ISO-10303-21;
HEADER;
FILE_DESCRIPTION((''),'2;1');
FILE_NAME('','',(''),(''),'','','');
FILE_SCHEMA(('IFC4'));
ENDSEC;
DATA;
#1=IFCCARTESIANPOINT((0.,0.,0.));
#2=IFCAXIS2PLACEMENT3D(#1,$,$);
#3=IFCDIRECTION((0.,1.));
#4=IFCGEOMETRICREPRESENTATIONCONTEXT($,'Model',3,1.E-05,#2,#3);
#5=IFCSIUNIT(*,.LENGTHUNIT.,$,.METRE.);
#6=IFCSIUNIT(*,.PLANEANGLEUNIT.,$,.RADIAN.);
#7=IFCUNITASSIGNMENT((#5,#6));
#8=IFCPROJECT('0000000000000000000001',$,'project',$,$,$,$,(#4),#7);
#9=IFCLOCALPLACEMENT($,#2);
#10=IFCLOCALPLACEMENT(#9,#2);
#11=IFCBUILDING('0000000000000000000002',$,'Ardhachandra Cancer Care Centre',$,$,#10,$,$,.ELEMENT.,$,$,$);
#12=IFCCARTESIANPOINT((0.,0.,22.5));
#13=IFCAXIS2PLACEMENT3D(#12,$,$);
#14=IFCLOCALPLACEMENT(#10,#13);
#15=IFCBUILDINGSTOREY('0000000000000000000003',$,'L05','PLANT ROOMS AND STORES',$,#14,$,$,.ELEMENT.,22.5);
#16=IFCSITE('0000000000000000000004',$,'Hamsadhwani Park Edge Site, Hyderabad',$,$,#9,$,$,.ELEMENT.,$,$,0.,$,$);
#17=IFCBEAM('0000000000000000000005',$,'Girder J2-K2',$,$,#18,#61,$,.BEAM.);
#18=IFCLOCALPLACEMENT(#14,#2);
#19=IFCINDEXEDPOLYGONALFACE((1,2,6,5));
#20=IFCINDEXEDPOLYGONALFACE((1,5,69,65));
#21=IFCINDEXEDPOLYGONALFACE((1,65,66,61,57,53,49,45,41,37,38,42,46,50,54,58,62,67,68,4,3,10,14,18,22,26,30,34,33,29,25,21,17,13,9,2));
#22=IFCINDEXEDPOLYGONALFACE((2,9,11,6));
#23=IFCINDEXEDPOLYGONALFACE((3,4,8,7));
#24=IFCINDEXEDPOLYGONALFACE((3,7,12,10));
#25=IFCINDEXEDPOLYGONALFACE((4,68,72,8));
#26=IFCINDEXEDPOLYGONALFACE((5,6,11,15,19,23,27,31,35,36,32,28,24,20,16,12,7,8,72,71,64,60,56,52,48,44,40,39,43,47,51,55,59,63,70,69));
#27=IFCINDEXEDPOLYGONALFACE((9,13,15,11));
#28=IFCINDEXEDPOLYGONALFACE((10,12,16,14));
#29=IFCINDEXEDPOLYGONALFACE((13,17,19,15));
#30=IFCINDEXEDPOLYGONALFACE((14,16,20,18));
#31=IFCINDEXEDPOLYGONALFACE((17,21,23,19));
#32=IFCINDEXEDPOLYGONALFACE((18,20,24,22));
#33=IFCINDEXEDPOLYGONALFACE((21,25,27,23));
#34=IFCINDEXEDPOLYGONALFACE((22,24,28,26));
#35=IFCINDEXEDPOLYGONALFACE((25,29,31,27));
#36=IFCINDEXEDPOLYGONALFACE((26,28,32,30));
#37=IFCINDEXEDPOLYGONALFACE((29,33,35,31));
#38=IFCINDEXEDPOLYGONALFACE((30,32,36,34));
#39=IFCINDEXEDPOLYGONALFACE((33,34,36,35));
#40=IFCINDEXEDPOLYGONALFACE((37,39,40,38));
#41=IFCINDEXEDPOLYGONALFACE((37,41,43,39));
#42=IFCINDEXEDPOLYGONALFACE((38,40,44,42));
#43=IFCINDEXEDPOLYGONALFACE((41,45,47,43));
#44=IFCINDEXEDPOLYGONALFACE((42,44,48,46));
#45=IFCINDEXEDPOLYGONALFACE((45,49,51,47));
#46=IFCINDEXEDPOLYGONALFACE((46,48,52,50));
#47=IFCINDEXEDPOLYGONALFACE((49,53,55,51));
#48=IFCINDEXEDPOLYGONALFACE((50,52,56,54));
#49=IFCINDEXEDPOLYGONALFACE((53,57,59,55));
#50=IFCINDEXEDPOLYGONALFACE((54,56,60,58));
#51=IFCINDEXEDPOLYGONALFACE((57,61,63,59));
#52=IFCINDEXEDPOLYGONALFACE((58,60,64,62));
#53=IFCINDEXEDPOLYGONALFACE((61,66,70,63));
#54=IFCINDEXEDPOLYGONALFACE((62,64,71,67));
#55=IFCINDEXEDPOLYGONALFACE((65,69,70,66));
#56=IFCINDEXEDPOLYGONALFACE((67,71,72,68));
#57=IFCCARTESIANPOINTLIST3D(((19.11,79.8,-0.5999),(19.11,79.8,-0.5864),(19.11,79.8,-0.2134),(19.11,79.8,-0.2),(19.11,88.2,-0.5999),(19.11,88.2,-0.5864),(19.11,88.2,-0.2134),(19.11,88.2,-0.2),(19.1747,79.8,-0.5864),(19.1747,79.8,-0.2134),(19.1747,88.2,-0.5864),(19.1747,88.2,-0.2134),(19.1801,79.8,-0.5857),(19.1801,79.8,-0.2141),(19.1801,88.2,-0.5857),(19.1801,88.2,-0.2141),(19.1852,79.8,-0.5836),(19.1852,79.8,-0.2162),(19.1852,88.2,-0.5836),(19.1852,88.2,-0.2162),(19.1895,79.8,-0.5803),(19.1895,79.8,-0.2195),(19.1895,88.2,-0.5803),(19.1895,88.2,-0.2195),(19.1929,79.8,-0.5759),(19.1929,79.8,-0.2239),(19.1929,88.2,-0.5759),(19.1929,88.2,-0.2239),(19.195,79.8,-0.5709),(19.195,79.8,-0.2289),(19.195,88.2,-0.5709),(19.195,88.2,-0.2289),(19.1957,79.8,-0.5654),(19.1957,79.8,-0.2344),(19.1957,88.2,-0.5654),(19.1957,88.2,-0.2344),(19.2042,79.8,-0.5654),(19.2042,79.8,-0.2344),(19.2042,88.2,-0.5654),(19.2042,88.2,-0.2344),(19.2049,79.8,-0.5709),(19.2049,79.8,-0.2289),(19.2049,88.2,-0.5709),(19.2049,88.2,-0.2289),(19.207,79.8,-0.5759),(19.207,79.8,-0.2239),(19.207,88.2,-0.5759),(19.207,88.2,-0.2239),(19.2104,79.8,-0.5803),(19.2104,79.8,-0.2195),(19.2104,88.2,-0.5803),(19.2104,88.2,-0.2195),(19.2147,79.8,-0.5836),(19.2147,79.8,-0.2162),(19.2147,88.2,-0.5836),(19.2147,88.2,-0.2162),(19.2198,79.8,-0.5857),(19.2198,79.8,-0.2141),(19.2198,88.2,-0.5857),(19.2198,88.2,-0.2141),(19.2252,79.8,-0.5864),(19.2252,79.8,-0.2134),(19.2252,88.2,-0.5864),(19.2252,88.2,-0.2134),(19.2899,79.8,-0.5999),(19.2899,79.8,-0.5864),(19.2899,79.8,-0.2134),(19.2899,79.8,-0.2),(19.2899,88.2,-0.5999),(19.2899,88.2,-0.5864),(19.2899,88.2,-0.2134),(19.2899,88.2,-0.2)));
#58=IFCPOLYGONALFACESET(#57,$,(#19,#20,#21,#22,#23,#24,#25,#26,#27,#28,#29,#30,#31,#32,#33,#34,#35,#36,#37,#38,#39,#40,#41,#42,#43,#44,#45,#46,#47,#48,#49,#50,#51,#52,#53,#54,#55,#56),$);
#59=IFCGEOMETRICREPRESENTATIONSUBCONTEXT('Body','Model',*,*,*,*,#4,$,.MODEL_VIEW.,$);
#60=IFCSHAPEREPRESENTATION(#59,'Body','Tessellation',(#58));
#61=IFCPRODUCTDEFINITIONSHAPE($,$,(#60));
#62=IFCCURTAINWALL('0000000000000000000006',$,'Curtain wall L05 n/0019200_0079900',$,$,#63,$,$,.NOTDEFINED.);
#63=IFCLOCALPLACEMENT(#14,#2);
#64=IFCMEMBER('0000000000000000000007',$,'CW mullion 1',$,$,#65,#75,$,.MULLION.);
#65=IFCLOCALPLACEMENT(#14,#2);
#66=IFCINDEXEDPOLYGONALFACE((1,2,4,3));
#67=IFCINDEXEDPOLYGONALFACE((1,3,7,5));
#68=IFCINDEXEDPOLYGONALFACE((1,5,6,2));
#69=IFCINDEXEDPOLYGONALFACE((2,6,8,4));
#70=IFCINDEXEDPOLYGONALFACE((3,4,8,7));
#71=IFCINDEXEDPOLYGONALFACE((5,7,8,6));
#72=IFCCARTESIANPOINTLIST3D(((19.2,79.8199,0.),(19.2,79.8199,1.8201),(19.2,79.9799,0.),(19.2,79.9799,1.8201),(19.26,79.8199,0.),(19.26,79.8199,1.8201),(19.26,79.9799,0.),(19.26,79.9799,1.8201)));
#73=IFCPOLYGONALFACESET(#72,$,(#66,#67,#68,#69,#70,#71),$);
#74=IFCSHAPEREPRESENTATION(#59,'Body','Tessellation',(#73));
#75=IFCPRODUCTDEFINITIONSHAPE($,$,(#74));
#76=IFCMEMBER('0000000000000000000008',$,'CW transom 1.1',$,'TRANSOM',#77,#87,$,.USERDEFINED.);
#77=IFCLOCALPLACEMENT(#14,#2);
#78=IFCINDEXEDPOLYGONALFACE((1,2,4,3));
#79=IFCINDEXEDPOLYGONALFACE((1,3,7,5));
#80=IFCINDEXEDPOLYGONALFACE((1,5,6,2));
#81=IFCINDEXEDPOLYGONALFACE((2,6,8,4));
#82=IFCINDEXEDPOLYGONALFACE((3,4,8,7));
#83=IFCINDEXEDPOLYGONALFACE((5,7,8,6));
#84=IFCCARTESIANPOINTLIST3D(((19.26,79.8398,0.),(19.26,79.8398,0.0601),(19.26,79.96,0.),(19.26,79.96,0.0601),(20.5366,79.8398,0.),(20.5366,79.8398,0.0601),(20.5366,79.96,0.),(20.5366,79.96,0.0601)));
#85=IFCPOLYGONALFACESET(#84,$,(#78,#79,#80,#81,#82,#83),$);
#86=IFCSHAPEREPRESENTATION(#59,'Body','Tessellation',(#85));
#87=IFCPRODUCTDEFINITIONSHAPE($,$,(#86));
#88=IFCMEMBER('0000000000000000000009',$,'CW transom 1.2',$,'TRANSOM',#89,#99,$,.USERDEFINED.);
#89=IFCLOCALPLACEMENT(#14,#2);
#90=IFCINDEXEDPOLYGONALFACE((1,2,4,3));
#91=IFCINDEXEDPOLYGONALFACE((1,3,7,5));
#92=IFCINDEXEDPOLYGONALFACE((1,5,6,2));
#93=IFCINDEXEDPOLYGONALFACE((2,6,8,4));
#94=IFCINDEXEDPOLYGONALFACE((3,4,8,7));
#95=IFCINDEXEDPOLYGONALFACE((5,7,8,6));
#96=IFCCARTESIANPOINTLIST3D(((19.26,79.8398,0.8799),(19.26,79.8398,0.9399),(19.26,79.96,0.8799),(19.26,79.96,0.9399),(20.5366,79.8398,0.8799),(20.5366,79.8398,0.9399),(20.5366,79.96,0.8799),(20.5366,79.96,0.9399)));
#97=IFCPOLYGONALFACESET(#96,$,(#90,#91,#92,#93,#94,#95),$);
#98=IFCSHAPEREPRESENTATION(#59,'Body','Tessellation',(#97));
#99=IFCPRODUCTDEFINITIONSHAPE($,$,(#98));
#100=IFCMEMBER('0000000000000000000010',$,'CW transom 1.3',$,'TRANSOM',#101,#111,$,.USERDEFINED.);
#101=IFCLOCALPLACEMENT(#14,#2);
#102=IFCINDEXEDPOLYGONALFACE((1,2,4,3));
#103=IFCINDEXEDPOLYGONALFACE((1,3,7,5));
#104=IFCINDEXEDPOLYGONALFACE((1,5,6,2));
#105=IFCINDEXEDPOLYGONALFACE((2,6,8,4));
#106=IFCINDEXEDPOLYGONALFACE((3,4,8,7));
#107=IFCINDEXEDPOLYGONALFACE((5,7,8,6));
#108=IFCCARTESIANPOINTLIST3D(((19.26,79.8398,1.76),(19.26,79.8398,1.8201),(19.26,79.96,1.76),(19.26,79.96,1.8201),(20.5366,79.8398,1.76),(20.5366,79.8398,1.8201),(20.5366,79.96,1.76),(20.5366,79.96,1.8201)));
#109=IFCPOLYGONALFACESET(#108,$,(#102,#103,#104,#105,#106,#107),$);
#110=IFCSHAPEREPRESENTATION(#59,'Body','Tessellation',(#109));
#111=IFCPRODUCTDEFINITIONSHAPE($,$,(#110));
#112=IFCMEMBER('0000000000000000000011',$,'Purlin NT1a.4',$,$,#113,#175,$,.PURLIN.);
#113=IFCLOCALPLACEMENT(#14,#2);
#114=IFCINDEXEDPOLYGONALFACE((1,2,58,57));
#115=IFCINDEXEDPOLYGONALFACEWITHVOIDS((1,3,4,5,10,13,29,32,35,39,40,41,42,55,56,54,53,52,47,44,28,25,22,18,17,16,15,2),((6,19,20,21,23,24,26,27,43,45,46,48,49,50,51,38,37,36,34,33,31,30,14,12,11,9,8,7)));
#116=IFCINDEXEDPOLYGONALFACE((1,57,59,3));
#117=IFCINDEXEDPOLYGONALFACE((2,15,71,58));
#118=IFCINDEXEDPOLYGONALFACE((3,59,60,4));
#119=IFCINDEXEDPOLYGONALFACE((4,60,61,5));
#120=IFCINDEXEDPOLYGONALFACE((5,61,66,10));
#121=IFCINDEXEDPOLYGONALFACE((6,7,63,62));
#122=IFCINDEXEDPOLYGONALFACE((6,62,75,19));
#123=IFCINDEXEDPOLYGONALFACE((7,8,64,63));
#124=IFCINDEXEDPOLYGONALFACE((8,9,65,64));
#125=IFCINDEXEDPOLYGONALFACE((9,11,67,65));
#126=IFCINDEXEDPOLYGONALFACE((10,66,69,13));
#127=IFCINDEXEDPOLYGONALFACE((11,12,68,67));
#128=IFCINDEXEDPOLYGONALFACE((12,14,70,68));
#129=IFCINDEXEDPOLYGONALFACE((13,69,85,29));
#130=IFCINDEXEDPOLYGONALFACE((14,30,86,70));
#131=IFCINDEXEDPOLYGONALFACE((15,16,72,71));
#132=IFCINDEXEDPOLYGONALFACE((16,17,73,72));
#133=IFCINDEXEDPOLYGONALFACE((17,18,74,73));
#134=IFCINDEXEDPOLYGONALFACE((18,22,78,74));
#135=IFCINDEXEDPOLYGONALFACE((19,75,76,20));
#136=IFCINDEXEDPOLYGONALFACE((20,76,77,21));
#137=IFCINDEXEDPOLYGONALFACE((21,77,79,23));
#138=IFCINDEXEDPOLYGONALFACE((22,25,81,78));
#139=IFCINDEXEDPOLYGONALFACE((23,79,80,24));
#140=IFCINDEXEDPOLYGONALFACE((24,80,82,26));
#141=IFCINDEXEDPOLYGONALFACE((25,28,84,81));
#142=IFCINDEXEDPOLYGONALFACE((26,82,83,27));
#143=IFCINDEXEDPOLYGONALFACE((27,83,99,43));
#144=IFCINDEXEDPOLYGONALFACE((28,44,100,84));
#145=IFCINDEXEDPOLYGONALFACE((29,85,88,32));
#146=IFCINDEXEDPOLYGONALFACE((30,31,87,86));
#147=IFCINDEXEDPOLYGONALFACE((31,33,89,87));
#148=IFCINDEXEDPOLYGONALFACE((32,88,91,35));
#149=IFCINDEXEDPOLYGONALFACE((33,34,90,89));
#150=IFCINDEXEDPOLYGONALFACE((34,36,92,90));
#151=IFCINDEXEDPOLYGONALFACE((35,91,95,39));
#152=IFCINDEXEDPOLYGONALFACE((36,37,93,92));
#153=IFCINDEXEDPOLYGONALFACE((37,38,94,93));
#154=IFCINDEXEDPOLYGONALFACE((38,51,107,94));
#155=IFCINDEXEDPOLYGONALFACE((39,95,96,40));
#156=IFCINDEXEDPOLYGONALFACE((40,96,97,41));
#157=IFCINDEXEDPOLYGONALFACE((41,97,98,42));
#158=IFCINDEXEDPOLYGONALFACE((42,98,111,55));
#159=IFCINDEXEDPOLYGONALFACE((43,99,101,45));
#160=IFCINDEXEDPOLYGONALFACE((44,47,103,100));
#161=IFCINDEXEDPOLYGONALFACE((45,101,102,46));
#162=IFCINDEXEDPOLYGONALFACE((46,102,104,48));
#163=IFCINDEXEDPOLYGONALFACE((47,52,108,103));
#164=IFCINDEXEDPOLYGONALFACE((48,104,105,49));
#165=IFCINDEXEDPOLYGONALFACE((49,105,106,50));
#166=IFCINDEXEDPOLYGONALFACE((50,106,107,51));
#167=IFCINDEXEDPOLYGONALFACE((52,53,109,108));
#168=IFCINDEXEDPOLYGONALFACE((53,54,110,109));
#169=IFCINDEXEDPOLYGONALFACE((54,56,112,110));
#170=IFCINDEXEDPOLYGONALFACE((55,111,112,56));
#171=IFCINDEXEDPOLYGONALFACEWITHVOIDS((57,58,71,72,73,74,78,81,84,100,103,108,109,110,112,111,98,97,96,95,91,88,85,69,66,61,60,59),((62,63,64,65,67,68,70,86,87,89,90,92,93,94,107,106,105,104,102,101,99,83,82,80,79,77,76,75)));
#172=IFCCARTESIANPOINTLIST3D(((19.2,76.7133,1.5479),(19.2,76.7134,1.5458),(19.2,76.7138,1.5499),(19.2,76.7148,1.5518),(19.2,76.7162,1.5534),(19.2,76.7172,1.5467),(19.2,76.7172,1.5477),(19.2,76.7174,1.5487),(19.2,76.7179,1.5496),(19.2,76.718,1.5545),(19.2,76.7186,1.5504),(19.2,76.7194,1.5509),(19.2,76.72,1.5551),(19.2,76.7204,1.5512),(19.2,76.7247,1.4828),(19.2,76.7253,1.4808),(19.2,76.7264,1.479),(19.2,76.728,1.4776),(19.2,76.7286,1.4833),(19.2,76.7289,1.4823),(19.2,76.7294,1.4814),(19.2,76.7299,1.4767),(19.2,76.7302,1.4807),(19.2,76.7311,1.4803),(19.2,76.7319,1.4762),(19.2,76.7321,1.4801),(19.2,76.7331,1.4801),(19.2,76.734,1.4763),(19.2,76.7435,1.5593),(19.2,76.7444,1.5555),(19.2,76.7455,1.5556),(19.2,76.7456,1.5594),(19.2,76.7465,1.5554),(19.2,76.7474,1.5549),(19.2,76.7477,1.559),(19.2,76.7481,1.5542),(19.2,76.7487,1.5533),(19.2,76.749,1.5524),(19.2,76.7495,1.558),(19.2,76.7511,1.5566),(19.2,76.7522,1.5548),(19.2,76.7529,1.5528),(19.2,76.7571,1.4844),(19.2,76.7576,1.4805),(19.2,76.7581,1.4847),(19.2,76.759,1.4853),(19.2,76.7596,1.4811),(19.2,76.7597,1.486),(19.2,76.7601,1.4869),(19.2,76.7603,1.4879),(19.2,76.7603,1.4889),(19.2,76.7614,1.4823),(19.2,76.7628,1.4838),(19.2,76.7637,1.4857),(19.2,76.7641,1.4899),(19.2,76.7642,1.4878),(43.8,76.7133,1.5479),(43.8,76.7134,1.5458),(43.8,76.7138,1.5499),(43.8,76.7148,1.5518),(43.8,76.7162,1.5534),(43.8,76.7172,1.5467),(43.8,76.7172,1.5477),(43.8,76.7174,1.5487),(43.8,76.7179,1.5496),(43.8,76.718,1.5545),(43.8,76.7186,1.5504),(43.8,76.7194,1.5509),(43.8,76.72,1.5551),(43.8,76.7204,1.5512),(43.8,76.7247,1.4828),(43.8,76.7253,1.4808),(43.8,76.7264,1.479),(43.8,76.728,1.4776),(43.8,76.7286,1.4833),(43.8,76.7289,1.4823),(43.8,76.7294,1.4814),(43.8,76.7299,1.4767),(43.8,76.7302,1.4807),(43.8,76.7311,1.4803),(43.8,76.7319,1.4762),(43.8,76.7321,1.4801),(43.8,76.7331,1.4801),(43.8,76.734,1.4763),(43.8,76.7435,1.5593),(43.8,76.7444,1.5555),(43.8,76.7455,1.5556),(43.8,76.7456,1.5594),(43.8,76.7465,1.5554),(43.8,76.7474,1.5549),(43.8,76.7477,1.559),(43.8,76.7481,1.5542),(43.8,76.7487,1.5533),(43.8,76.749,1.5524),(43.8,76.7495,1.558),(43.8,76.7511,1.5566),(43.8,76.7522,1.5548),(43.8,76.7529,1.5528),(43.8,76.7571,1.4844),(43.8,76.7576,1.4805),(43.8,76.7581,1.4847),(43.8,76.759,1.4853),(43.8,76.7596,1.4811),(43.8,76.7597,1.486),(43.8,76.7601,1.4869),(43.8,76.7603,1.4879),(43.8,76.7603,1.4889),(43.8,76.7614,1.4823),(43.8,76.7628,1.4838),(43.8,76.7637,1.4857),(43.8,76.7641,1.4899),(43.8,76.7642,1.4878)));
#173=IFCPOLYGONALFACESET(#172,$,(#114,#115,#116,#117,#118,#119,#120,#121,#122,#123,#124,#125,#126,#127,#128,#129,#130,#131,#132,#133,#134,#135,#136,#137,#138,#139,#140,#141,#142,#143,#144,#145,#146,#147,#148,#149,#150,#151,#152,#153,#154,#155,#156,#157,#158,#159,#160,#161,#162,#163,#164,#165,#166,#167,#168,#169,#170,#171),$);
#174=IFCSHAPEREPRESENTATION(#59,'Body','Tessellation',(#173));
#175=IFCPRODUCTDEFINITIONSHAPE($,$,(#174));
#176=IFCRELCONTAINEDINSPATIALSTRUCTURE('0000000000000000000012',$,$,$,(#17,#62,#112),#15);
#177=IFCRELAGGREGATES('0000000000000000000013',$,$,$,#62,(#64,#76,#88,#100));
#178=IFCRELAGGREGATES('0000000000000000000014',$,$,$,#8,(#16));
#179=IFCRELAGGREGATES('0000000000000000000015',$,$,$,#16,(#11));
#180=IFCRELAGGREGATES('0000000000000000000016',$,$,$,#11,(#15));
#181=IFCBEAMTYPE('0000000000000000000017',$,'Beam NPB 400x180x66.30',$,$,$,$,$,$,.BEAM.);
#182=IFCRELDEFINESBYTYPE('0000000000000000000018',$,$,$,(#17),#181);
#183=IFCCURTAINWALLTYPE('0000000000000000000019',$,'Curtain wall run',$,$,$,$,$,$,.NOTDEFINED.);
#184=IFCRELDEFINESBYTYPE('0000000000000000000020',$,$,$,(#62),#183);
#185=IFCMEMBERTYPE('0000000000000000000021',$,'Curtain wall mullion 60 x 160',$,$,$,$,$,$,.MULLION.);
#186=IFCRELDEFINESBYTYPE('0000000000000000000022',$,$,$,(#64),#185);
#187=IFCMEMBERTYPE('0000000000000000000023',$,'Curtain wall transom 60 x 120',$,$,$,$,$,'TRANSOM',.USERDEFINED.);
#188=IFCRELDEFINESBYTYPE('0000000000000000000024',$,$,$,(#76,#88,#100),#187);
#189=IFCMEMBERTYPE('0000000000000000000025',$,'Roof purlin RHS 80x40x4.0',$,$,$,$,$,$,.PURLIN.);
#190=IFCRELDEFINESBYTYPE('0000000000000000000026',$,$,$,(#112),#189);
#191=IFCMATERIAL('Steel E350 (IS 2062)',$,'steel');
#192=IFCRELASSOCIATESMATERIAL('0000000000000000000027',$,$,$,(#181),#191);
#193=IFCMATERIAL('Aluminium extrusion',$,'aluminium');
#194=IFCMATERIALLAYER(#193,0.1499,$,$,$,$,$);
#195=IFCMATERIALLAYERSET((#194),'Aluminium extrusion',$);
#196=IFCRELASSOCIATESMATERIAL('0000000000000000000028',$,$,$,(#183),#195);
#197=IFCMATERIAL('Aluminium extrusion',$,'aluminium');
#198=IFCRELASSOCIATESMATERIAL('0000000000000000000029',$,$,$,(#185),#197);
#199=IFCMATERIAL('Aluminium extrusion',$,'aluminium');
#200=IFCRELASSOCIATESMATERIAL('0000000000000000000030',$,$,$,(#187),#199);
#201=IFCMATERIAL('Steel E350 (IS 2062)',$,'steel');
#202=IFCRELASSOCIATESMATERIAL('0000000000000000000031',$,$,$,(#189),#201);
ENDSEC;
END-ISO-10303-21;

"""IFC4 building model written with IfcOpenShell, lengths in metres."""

from ifc_helpers import new_model, si_unit, direction, frame, origin, origin_2d, place, context, subcontext, project, spatial, rectangle, hollow_rectangle, i_section, extrude, material, layer, layer_set, material_profile, profile_set, type_object, element, aggregate, save


model = new_model("IFC4")

# Units and contexts
model_context = context("Model", 3, precision=1e-05, world=origin(), true_north=direction((0.0, 1.0)))
body_context = subcontext(model_context, "Body", "Model", "MODEL_VIEW")
ifc_project = project(units=[si_unit("LENGTHUNIT", "METRE"), si_unit("PLANEANGLEUNIT", "RADIAN")], contexts=[model_context])

# Site, building, storey
site_placement = place(None, origin())
site = spatial("IfcSite", under=ifc_project, at=site_placement, Name="Hamsadhwani Park Edge Site, Hyderabad", CompositionType="ELEMENT", RefElevation=0.0)
building_placement = place(site_placement, origin())
building = spatial("IfcBuilding", under=site, at=building_placement, Name="Ardhachandra Cancer Care Centre", CompositionType="ELEMENT")
storey_placement = place(building_placement, frame((0.0, 0.0, 22.5)))
storey = spatial("IfcBuildingStorey", under=building, at=storey_placement, Name="L05", Description="PLANT ROOMS AND STORES", CompositionType="ELEMENT", Elevation=22.5)

# Beam
ifc_material_1 = material(Name="Steel E350 (IS 2062)", Category="steel")
ifc_material_profile_1 = material_profile(ifc_material_1, i_section(OverallWidth=0.1799, OverallDepth=0.3999, WebThickness=0.0085, FlangeThickness=0.0134, FilletRadius=0.021, at=origin_2d()), Name="NPB 400x180x66.30")
ifc_profile_set_1 = profile_set([ifc_material_profile_1], Name="Steel E350 (IS 2062)")
beam_type_1 = type_object("IfcBeamType", Name="Beam NPB 400x180x66.30", PredefinedType="BEAM", material=ifc_profile_set_1)
beam_1_placement = place(storey_placement, frame((19.2, 79.8, -0.3999), z_axis=(0.0, 1.0, 0.0), x_axis=(-1.0, 0.0, 0.0)))
element("IfcBeam", 1, at=beam_1_placement, inside=storey, type_object=beam_type_1, Name="Girder J2-K2", PredefinedType="BEAM", context=body_context, shape_type="SweptSolid", body=[
    extrude(i_section(OverallWidth=0.1799, OverallDepth=0.3999, WebThickness=0.0085, FlangeThickness=0.0134, FilletRadius=0.021, at=origin_2d()), origin(), (0.0, 0.0, 1.0), 8.3999),
])

# Curtain wall, members
ifc_material_2 = material(Name="Aluminium extrusion", Category="aluminium")
ifc_layer_1 = layer(ifc_material_2, 0.1499)
ifc_layer_set_1 = layer_set([ifc_layer_1], Name="Aluminium extrusion")
curtain_wall_type = type_object("IfcCurtainWallType", Name="Curtain wall run", PredefinedType="NOTDEFINED", material=ifc_layer_set_1)
curtain_wall_placement = place(storey_placement, origin())
curtain_wall = element("IfcCurtainWall", 2, at=curtain_wall_placement, inside=storey, type_object=curtain_wall_type, Name="Curtain wall L05 n/0019200_0079900", PredefinedType="NOTDEFINED")
ifc_material_3 = material(Name="Aluminium extrusion", Category="aluminium")
ifc_material_profile_2 = material_profile(ifc_material_3, rectangle(XDim=0.1599, YDim=0.0601, at=origin_2d()), Name="Curtain wall mullion 60 x 160")
ifc_profile_set_2 = profile_set([ifc_material_profile_2], Name="Aluminium extrusion")
member_type_1 = type_object("IfcMemberType", Name="Curtain wall mullion 60 x 160", PredefinedType="MULLION", material=ifc_profile_set_2)
member_1_placement = place(storey_placement, frame((19.23, 79.8999, 0.0), z_axis=(0.0, 0.0, 1.0), x_axis=(0.0, 1.0, 0.0)))
member_1 = element("IfcMember", 3, at=member_1_placement, type_object=member_type_1, Name="CW mullion 1", PredefinedType="MULLION", context=body_context, shape_type="SweptSolid", body=[
    extrude(rectangle(XDim=0.1599, YDim=0.0601, at=origin_2d()), origin(), (0.0, 0.0, 1.0), 1.8201),
])
ifc_material_4 = material(Name="Aluminium extrusion", Category="aluminium")
ifc_material_profile_3 = material_profile(ifc_material_4, rectangle(XDim=0.1201, YDim=0.0601, at=origin_2d()), Name="Curtain wall transom 60 x 120")
ifc_profile_set_3 = profile_set([ifc_material_profile_3], Name="Aluminium extrusion")
member_type_2 = type_object("IfcMemberType", Name="Curtain wall transom 60 x 120", ElementType="TRANSOM", PredefinedType="USERDEFINED", material=ifc_profile_set_3)
member_2_placement = place(storey_placement, frame((19.26, 79.8999, 0.03), z_axis=(1.0, 0.0, 0.0), x_axis=(0.0, 1.0, 0.0)))
member_2 = element("IfcMember", 4, at=member_2_placement, type_object=member_type_2, Name="CW transom 1.1", ObjectType="TRANSOM", PredefinedType="USERDEFINED", context=body_context, shape_type="SweptSolid", body=[
    extrude(rectangle(XDim=0.1201, YDim=0.0601, at=origin_2d()), origin(), (0.0, 0.0, 1.0), 1.2766),
])
member_3_placement = place(storey_placement, frame((19.26, 79.8999, 0.9099), z_axis=(1.0, 0.0, 0.0), x_axis=(0.0, 1.0, 0.0)))
member_3 = element("IfcMember", 5, at=member_3_placement, type_object=member_type_2, Name="CW transom 1.2", ObjectType="TRANSOM", PredefinedType="USERDEFINED", context=body_context, shape_type="SweptSolid", body=[
    extrude(rectangle(XDim=0.1201, YDim=0.0601, at=origin_2d()), origin(), (0.0, 0.0, 1.0), 1.2766),
])
member_4_placement = place(storey_placement, frame((19.26, 79.8999, 1.79), z_axis=(1.0, 0.0, 0.0), x_axis=(0.0, 1.0, 0.0)))
member_4 = element("IfcMember", 6, at=member_4_placement, type_object=member_type_2, Name="CW transom 1.3", ObjectType="TRANSOM", PredefinedType="USERDEFINED", context=body_context, shape_type="SweptSolid", body=[
    extrude(rectangle(XDim=0.1201, YDim=0.0601, at=origin_2d()), origin(), (0.0, 0.0, 1.0), 1.2766),
])

# Member
ifc_material_5 = material(Name="Steel E350 (IS 2062)", Category="steel")
ifc_material_profile_4 = material_profile(ifc_material_5, hollow_rectangle(XDim=0.04, YDim=0.0801, WallThickness=0.0039, InnerFilletRadius=0.0039, OuterFilletRadius=0.0081, at=origin_2d()), Name="RHS 80x40x4.0")
ifc_profile_set_4 = profile_set([ifc_material_profile_4], Name="Steel E350 (IS 2062)")
member_type_3 = type_object("IfcMemberType", Name="Roof purlin RHS 80x40x4.0", PredefinedType="PURLIN", material=ifc_profile_set_4)
for number, where, z_axis, x_axis, name in (
    (7, (19.2, 76.7388, 1.5178), (1.0, 0.0, 0.0), (0.0, 0.98446, 0.175606), "Purlin NT1a.4"),
):
    element("IfcMember", number, at=place(storey_placement, frame(where, z_axis=z_axis, x_axis=x_axis)), inside=storey, type_object=member_type_3, Name=name, PredefinedType="PURLIN", context=body_context, shape_type="SweptSolid", body=[
        extrude(hollow_rectangle(XDim=0.04, YDim=0.0801, WallThickness=0.0039, InnerFilletRadius=0.0039, OuterFilletRadius=0.0081, at=origin_2d()), origin(), (0.0, 0.0, 1.0), 24.6001),
    ])

aggregate(curtain_wall, [member_1, member_2, member_3, member_4])

save(model, "model.ifc")
